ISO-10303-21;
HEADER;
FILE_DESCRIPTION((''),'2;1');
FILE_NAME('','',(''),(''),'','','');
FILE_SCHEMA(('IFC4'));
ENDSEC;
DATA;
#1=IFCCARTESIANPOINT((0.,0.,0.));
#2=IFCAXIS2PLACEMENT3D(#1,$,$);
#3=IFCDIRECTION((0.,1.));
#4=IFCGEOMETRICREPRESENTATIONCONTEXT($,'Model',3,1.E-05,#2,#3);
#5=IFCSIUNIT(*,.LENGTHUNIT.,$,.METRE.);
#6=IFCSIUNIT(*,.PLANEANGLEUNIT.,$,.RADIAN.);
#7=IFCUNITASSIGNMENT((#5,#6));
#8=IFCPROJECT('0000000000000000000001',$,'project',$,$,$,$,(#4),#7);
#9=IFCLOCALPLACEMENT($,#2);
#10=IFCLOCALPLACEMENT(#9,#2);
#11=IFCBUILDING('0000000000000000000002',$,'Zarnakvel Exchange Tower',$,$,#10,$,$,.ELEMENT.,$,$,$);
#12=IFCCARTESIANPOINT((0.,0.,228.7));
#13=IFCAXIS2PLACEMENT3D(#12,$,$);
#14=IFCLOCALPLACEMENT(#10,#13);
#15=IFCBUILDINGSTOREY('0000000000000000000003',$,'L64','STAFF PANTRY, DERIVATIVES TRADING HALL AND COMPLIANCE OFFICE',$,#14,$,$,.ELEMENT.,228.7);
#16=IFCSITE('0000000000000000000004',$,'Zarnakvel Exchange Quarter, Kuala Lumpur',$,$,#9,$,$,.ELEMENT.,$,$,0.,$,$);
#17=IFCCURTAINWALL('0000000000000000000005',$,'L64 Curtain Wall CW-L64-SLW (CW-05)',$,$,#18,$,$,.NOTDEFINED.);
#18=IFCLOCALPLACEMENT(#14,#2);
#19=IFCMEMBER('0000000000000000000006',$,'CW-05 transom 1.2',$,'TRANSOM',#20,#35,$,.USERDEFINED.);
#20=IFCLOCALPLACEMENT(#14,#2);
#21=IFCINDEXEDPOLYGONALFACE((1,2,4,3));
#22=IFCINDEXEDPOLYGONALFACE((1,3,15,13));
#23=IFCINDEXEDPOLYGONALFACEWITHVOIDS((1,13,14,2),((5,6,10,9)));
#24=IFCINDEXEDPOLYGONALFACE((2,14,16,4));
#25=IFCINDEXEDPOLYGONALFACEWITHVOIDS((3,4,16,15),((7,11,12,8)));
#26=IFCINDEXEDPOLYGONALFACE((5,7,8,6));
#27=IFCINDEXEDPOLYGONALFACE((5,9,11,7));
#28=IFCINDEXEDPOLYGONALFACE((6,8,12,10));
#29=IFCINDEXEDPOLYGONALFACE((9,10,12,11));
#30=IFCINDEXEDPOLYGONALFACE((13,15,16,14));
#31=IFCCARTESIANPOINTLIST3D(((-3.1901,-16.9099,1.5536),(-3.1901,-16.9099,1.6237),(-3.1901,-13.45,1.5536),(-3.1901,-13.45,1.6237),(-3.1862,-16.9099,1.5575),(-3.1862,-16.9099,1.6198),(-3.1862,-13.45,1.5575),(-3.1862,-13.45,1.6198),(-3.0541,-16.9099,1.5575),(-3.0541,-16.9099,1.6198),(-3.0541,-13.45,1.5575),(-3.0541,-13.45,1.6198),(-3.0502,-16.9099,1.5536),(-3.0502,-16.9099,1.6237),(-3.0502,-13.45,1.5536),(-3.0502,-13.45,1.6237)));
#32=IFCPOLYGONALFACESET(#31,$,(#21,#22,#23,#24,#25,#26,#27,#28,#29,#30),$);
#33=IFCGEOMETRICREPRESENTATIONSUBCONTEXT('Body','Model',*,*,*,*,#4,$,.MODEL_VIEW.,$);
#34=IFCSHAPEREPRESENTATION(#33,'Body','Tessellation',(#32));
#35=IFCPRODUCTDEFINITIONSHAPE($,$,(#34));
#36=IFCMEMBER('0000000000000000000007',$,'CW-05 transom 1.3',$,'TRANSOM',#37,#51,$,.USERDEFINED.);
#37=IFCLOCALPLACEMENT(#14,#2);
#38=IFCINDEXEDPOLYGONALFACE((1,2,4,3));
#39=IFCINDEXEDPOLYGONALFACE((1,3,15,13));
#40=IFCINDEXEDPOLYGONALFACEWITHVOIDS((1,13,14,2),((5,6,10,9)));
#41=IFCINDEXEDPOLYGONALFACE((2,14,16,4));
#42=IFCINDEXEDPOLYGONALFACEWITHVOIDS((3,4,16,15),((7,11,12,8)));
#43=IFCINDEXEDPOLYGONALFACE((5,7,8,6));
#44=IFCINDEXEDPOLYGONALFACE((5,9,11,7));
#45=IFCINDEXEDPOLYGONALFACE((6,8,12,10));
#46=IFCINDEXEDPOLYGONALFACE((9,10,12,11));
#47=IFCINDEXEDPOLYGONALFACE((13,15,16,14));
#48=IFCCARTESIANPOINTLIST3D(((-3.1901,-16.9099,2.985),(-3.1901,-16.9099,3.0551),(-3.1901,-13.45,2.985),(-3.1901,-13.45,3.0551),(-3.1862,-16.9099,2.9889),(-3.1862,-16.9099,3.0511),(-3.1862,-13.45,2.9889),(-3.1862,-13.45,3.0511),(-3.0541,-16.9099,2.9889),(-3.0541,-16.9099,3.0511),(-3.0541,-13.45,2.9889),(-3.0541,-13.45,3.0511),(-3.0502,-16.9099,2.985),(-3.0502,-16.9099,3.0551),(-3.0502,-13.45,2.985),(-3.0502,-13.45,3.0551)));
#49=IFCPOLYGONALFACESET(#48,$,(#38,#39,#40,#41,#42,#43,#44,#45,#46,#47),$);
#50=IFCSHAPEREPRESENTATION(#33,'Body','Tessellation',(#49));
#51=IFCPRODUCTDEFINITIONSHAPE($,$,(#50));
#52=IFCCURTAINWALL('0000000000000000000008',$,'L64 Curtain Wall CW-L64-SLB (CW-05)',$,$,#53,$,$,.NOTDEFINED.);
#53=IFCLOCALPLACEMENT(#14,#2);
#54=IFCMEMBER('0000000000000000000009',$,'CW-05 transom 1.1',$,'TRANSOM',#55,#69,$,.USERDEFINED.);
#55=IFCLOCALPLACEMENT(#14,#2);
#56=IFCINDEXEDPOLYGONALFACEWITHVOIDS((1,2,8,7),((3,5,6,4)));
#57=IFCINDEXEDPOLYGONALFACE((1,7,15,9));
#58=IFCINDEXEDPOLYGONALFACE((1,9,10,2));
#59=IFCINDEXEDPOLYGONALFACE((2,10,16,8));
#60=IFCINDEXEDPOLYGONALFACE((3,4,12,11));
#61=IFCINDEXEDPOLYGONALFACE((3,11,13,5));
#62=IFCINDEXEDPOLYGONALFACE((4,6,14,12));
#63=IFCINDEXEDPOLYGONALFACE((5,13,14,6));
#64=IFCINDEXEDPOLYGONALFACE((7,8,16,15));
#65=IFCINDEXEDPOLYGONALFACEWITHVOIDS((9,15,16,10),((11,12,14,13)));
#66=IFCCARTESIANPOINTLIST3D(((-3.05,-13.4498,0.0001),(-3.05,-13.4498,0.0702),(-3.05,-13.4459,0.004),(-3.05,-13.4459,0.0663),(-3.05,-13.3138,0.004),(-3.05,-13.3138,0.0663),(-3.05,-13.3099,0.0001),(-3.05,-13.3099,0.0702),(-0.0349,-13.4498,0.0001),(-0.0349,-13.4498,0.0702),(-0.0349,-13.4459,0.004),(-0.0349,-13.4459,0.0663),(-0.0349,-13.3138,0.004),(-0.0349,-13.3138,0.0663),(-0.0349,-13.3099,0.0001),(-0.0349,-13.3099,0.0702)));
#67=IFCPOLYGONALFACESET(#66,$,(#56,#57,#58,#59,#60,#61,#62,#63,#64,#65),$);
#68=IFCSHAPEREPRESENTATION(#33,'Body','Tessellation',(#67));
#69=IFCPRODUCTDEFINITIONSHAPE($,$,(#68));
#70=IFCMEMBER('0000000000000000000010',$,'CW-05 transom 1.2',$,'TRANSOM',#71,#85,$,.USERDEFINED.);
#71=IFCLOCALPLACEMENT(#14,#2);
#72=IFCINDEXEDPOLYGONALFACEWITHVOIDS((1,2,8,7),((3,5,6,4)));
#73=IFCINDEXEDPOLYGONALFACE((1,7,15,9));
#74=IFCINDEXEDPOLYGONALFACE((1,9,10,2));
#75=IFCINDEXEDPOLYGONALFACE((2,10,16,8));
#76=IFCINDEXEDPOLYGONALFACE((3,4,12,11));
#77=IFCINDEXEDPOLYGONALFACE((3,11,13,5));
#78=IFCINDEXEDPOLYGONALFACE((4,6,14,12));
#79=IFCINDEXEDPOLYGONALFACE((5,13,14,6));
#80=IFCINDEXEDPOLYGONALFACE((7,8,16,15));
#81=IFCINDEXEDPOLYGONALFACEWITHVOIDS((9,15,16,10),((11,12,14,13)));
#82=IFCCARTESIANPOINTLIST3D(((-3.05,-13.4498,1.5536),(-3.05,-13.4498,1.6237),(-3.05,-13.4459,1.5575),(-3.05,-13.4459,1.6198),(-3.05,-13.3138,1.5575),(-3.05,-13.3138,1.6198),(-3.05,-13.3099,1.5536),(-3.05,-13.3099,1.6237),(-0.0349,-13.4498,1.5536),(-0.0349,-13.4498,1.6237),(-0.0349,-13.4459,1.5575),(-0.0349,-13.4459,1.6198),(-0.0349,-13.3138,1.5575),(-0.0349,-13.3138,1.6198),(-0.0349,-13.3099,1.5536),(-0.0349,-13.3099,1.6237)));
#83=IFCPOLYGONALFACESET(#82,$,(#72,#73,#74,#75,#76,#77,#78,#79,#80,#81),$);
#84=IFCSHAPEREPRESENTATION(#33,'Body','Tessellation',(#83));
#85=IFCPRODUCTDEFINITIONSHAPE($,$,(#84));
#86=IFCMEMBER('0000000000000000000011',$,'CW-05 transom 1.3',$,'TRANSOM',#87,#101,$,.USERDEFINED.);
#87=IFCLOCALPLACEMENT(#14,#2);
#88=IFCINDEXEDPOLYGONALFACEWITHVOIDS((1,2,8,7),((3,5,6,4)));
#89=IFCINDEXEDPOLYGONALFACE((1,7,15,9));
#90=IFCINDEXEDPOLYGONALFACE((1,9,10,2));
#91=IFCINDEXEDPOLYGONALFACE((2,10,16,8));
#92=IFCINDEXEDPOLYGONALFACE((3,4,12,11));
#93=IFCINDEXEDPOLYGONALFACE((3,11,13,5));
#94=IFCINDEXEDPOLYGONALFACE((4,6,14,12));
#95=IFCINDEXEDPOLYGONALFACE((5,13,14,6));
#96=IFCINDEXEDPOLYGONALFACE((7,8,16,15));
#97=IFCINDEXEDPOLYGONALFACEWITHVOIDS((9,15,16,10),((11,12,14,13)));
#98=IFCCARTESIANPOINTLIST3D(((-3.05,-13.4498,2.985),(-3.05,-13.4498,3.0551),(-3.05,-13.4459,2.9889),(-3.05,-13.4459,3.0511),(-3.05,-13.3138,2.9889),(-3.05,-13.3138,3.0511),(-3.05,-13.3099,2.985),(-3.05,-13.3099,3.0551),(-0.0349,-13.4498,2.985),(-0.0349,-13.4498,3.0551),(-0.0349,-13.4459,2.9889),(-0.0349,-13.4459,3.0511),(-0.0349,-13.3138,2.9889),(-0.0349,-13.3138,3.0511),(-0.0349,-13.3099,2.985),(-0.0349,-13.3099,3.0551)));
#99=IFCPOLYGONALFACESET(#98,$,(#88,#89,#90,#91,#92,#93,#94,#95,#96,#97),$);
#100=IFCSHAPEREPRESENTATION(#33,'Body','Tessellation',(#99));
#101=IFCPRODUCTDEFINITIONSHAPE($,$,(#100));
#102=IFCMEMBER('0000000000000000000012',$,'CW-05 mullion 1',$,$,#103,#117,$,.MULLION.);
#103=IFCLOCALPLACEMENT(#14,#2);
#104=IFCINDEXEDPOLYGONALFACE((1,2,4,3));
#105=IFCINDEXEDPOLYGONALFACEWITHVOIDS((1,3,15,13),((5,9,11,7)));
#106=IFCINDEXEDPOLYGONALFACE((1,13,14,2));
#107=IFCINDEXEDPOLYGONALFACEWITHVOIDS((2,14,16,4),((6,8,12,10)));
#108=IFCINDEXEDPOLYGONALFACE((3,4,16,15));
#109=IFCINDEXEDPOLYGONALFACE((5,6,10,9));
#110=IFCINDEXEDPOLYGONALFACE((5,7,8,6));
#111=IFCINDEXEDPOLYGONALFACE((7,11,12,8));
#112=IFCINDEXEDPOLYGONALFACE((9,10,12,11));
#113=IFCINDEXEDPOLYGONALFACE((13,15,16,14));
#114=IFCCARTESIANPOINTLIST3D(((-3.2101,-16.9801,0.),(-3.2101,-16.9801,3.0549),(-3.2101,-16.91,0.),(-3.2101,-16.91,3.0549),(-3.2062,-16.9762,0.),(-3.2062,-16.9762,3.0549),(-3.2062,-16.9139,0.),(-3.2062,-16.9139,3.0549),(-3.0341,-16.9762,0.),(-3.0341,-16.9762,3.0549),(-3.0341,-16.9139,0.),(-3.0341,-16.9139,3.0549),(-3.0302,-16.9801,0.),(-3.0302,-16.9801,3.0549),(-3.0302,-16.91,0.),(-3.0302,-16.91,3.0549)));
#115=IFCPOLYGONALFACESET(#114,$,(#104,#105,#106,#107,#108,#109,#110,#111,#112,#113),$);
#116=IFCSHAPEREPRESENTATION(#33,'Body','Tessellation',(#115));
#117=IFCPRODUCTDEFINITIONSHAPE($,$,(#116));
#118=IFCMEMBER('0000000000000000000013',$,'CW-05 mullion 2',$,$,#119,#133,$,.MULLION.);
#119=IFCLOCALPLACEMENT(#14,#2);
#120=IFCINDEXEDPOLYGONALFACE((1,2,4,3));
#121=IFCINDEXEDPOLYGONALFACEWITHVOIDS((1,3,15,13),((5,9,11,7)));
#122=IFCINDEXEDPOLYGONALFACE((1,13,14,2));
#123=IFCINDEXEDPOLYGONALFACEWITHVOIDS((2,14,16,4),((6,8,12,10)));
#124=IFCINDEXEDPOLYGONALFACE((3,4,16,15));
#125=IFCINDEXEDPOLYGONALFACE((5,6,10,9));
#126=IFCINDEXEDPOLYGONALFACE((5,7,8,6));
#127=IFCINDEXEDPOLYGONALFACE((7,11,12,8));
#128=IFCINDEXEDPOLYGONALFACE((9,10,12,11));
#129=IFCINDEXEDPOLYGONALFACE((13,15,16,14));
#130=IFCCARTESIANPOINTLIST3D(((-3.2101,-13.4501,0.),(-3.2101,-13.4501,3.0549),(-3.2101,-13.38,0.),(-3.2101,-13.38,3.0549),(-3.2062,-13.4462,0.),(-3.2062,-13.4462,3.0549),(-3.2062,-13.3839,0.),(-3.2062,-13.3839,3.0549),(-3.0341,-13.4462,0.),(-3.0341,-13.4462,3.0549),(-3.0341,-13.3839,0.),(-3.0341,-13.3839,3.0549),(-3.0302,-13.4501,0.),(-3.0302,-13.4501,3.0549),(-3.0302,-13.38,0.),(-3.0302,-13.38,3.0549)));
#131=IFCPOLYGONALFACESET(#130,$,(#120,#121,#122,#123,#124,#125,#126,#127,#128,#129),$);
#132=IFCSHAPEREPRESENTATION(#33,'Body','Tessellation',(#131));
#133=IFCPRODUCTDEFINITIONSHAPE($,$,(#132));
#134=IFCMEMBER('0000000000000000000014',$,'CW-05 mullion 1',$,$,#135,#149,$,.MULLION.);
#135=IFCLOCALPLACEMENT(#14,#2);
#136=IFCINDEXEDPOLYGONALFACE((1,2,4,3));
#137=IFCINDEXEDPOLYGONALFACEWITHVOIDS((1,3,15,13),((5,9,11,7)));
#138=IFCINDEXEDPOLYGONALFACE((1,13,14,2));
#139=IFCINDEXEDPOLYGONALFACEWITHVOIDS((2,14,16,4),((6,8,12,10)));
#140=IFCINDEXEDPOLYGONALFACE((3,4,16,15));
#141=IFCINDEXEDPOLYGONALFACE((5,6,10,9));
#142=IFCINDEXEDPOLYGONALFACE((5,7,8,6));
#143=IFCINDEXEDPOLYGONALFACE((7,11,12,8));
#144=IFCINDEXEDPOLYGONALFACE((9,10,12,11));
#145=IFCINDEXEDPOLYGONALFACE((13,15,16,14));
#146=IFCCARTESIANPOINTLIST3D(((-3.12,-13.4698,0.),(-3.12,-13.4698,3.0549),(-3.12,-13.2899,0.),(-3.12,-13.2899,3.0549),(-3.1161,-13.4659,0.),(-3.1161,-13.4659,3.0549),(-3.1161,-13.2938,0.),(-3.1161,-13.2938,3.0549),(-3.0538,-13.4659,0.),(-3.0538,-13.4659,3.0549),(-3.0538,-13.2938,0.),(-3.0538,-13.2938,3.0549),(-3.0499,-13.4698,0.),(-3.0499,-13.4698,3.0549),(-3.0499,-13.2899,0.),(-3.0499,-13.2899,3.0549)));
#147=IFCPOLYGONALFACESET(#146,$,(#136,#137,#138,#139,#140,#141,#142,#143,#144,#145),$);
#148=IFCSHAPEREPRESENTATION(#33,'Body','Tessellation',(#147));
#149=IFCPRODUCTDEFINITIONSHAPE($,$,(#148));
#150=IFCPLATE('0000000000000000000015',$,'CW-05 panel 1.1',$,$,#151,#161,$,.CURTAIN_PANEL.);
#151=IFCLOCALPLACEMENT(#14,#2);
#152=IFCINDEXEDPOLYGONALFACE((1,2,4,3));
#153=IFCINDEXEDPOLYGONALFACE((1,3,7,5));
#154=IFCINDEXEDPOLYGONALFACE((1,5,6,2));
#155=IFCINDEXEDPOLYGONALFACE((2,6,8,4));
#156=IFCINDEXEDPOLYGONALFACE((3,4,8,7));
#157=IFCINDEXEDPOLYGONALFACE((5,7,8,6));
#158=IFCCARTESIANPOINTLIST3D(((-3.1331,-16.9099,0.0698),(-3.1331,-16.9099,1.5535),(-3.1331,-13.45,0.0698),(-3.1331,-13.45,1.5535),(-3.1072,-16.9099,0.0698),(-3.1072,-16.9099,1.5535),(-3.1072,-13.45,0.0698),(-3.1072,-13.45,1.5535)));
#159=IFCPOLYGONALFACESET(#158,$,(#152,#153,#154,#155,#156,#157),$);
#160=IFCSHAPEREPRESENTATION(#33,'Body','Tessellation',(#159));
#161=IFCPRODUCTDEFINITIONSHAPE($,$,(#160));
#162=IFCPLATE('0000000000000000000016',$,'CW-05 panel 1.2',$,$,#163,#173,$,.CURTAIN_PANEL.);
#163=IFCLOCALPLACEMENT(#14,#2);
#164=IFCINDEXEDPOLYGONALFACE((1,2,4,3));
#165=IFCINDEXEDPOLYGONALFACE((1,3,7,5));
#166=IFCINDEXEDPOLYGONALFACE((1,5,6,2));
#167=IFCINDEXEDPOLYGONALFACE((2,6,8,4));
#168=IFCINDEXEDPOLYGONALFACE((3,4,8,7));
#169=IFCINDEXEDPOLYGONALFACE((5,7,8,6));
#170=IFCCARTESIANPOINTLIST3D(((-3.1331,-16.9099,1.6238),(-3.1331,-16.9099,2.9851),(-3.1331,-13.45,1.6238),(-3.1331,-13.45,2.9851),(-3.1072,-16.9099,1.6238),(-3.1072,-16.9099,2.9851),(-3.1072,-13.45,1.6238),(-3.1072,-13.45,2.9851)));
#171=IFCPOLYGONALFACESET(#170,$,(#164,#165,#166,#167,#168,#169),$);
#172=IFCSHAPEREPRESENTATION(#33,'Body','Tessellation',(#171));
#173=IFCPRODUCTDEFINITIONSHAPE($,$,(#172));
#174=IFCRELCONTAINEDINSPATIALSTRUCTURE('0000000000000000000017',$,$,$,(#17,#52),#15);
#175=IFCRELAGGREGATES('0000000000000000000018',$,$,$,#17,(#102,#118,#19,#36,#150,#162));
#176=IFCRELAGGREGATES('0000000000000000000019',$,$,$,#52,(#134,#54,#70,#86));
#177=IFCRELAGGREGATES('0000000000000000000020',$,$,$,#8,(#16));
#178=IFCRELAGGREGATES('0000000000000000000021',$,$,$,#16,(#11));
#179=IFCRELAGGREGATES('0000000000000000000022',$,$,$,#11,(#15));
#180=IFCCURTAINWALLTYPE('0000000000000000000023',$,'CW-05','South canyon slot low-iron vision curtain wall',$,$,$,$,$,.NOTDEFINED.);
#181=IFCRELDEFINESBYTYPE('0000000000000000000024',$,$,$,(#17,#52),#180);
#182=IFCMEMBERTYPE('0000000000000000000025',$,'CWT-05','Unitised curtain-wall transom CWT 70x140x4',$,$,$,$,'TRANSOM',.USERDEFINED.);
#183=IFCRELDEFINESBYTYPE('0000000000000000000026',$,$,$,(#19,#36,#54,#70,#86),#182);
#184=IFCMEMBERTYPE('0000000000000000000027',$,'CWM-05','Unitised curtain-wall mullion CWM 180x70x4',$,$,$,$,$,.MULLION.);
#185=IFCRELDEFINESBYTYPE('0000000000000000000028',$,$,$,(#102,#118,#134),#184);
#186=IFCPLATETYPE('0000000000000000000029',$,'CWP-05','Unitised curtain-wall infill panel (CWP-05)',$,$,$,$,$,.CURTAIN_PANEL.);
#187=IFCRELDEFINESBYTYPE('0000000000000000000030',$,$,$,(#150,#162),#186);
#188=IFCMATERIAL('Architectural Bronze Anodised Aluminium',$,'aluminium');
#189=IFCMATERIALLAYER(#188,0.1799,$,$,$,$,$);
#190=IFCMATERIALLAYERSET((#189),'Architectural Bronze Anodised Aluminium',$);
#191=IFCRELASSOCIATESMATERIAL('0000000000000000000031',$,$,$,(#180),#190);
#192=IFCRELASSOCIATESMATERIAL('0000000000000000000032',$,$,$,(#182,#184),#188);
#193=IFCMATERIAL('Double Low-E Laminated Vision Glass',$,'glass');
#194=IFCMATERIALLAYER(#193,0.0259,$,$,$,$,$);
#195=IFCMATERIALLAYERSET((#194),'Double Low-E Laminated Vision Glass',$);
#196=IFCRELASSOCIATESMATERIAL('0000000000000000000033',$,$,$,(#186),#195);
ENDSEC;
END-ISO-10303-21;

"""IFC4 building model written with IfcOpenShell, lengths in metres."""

from ifc_helpers import new_model, si_unit, direction, frame, origin, origin_2d, place, context, subcontext, project, spatial, rectangle, hollow_rectangle, extrude, source, transform, mapped, material, layer, layer_set, material_profile, profile_set, type_object, element, aggregate, save


model = new_model("IFC4")

# Units and contexts
model_context = context("Model", 3, precision=1e-05, world=origin(), true_north=direction((0.0, 1.0)))
body_context = subcontext(model_context, "Body", "Model", "MODEL_VIEW")
ifc_project = project(units=[si_unit("LENGTHUNIT", "METRE"), si_unit("PLANEANGLEUNIT", "RADIAN")], contexts=[model_context])

# Site, building, storey
site_placement = place(None, origin())
site = spatial("IfcSite", under=ifc_project, at=site_placement, Name="Zarnakvel Exchange Quarter, Kuala Lumpur", CompositionType="ELEMENT", RefElevation=0.0)
building_placement = place(site_placement, origin())
building = spatial("IfcBuilding", under=site, at=building_placement, Name="Zarnakvel Exchange Tower", CompositionType="ELEMENT")
storey_placement = place(building_placement, frame((0.0, 0.0, 228.7)))
storey = spatial("IfcBuildingStorey", under=building, at=storey_placement, Name="L64", Description="STAFF PANTRY, DERIVATIVES TRADING HALL AND COMPLIANCE OFFICE", CompositionType="ELEMENT", Elevation=228.7)

# Curtain walls, members
ifc_material_1 = material(Name="Architectural Bronze Anodised Aluminium", Category="aluminium")
ifc_layer_1 = layer(ifc_material_1, 0.1799)
ifc_layer_set_1 = layer_set([ifc_layer_1], Name="Architectural Bronze Anodised Aluminium")
curtain_wall_type = type_object("IfcCurtainWallType", Name="CW-05", Description="South canyon slot low-iron vision curtain wall", PredefinedType="NOTDEFINED", material=ifc_layer_set_1)
curtain_wall_1_placement = place(storey_placement, origin())
curtain_wall_1 = element("IfcCurtainWall", 1, at=curtain_wall_1_placement, inside=storey, type_object=curtain_wall_type, Name="L64 Curtain Wall CW-L64-SLW (CW-05)", PredefinedType="NOTDEFINED")
ifc_material_profile_1 = material_profile(ifc_material_1, hollow_rectangle(XDim=0.1399, YDim=0.0701, WallThickness=0.0039, at=origin_2d()))
ifc_profile_set_1 = profile_set([ifc_material_profile_1], Name="Architectural Bronze Anodised Aluminium")
member_type_1 = type_object("IfcMemberType", Name="CWT-05", Description="Unitised curtain-wall transom CWT 70x140x4", ElementType="TRANSOM", PredefinedType="USERDEFINED", material=ifc_profile_set_1)
shared_shape_1 = source(origin(), body_context, "Body", "SweptSolid", [
    extrude(hollow_rectangle(XDim=0.1399, YDim=0.0701, WallThickness=0.0039, at=origin_2d()), origin(), (0.0, 0.0, 1.0), 3.46),
])
member_1_placement = place(storey_placement, frame((-3.1201, -16.9099, 1.5886), z_axis=(0.0, 1.0, 0.0), x_axis=(-1.0, 0.0, 0.0)))
member_1 = element("IfcMember", 2, at=member_1_placement, type_object=member_type_1, Name="CW-05 transom 1.2", ObjectType="TRANSOM", PredefinedType="USERDEFINED", context=body_context, shape_type="MappedRepresentation", body=[
    mapped(shared_shape_1, transform((0.0, 0.0, 0.0), x_axis=(1.0, 0.0, 0.0), y_axis=(0.0, 1.0, 0.0), z_axis=(0.0, 0.0, 1.0), scale=1.0)),
])
member_2_placement = place(storey_placement, frame((-3.1201, -16.9099, 3.02), z_axis=(0.0, 1.0, 0.0), x_axis=(-1.0, 0.0, 0.0)))
member_2 = element("IfcMember", 3, at=member_2_placement, type_object=member_type_1, Name="CW-05 transom 1.3", ObjectType="TRANSOM", PredefinedType="USERDEFINED", context=body_context, shape_type="MappedRepresentation", body=[
    mapped(shared_shape_1, transform((0.0, 0.0, 0.0), x_axis=(1.0, 0.0, 0.0), y_axis=(0.0, 1.0, 0.0), z_axis=(0.0, 0.0, 1.0), scale=1.0)),
])
curtain_wall_2_placement = place(storey_placement, origin())
curtain_wall_2 = element("IfcCurtainWall", 4, at=curtain_wall_2_placement, inside=storey, type_object=curtain_wall_type, Name="L64 Curtain Wall CW-L64-SLB (CW-05)", PredefinedType="NOTDEFINED")
shared_shape_2 = source(origin(), body_context, "Body", "SweptSolid", [
    extrude(hollow_rectangle(XDim=0.1399, YDim=0.0701, WallThickness=0.0039, at=origin_2d()), origin(), (0.0, 0.0, 1.0), 3.0151),
])
member_3_placement = place(storey_placement, frame((-3.05, -13.3799, 0.0352), z_axis=(1.0, 0.0, 0.0), x_axis=(0.0, 1.0, 0.0)))
member_3 = element("IfcMember", 5, at=member_3_placement, type_object=member_type_1, Name="CW-05 transom 1.1", ObjectType="TRANSOM", PredefinedType="USERDEFINED", context=body_context, shape_type="MappedRepresentation", body=[
    mapped(shared_shape_2, transform((0.0, 0.0, 0.0), x_axis=(1.0, 0.0, 0.0), y_axis=(0.0, 1.0, 0.0), z_axis=(0.0, 0.0, 1.0), scale=1.0)),
])
member_4_placement = place(storey_placement, frame((-3.05, -13.3799, 1.5886), z_axis=(1.0, 0.0, 0.0), x_axis=(0.0, 1.0, 0.0)))
member_4 = element("IfcMember", 6, at=member_4_placement, type_object=member_type_1, Name="CW-05 transom 1.2", ObjectType="TRANSOM", PredefinedType="USERDEFINED", context=body_context, shape_type="MappedRepresentation", body=[
    mapped(shared_shape_2, transform((0.0, 0.0, 0.0), x_axis=(1.0, 0.0, 0.0), y_axis=(0.0, 1.0, 0.0), z_axis=(0.0, 0.0, 1.0), scale=1.0)),
])
member_5_placement = place(storey_placement, frame((-3.05, -13.3799, 3.02), z_axis=(1.0, 0.0, 0.0), x_axis=(0.0, 1.0, 0.0)))
member_5 = element("IfcMember", 7, at=member_5_placement, type_object=member_type_1, Name="CW-05 transom 1.3", ObjectType="TRANSOM", PredefinedType="USERDEFINED", context=body_context, shape_type="MappedRepresentation", body=[
    mapped(shared_shape_2, transform((0.0, 0.0, 0.0), x_axis=(1.0, 0.0, 0.0), y_axis=(0.0, 1.0, 0.0), z_axis=(0.0, 0.0, 1.0), scale=1.0)),
])

# Members
ifc_material_profile_2 = material_profile(ifc_material_1, hollow_rectangle(XDim=0.1799, YDim=0.0701, WallThickness=0.0039, at=origin_2d()))
ifc_profile_set_2 = profile_set([ifc_material_profile_2], Name="Architectural Bronze Anodised Aluminium")
member_type_2 = type_object("IfcMemberType", Name="CWM-05", Description="Unitised curtain-wall mullion CWM 180x70x4", PredefinedType="MULLION", material=ifc_profile_set_2)
shared_shape_3 = source(origin(), body_context, "Body", "SweptSolid", [
    extrude(hollow_rectangle(XDim=0.1799, YDim=0.0701, WallThickness=0.0039, at=origin_2d()), origin(), (0.0, 0.0, 1.0), 3.0549),
])
member_6_placement = place(storey_placement, frame((-3.1201, -16.9451, 0.0), z_axis=(0.0, 0.0, 1.0), x_axis=(-1.0, 0.0, 0.0)))
member_6 = element("IfcMember", 8, at=member_6_placement, type_object=member_type_2, Name="CW-05 mullion 1", PredefinedType="MULLION", context=body_context, shape_type="MappedRepresentation", body=[
    mapped(shared_shape_3, transform((0.0, 0.0, 0.0), x_axis=(1.0, 0.0, 0.0), y_axis=(0.0, 1.0, 0.0), z_axis=(0.0, 0.0, 1.0), scale=1.0)),
])
member_7_placement = place(storey_placement, frame((-3.1201, -13.415, 0.0), z_axis=(0.0, 0.0, 1.0), x_axis=(-1.0, 0.0, 0.0)))
member_7 = element("IfcMember", 9, at=member_7_placement, type_object=member_type_2, Name="CW-05 mullion 2", PredefinedType="MULLION", context=body_context, shape_type="MappedRepresentation", body=[
    mapped(shared_shape_3, transform((0.0, 0.0, 0.0), x_axis=(1.0, 0.0, 0.0), y_axis=(0.0, 1.0, 0.0), z_axis=(0.0, 0.0, 1.0), scale=1.0)),
])
member_8_placement = place(storey_placement, frame((-3.085, -13.3799, 0.0), z_axis=(0.0, 0.0, 1.0), x_axis=(0.0, 1.0, 0.0)))
member_8 = element("IfcMember", 10, at=member_8_placement, type_object=member_type_2, Name="CW-05 mullion 1", PredefinedType="MULLION", context=body_context, shape_type="MappedRepresentation", body=[
    mapped(shared_shape_3, transform((0.0, 0.0, 0.0), x_axis=(1.0, 0.0, 0.0), y_axis=(0.0, 1.0, 0.0), z_axis=(0.0, 0.0, 1.0), scale=1.0)),
])

# Plates
ifc_material_2 = material(Name="Double Low-E Laminated Vision Glass", Category="glass")
ifc_layer_2 = layer(ifc_material_2, 0.0259)
ifc_layer_set_2 = layer_set([ifc_layer_2], Name="Double Low-E Laminated Vision Glass")
plate_type = type_object("IfcPlateType", Name="CWP-05", Description="Unitised curtain-wall infill panel (CWP-05)", PredefinedType="CURTAIN_PANEL", material=ifc_layer_set_2)
shared_shape_4 = source(origin(), body_context, "Body", "SweptSolid", [
    extrude(rectangle(XDim=3.46, YDim=0.0259, at=origin_2d()), origin(), (0.0, 0.0, 1.0), 1.4836),
])
plate_1_placement = place(storey_placement, frame((-3.1201, -15.1799, 0.0698), z_axis=(0.0, 0.0, 1.0), x_axis=(0.0, 1.0, 0.0)))
plate_1 = element("IfcPlate", 11, at=plate_1_placement, type_object=plate_type, Name="CW-05 panel 1.1", PredefinedType="CURTAIN_PANEL", context=body_context, shape_type="MappedRepresentation", body=[
    mapped(shared_shape_4, transform((0.0, 0.0, 0.0), x_axis=(1.0, 0.0, 0.0), y_axis=(0.0, 1.0, 0.0), z_axis=(0.0, 0.0, 1.0), scale=1.0)),
])
shared_shape_5 = source(origin(), body_context, "Body", "SweptSolid", [
    extrude(rectangle(XDim=3.46, YDim=0.0259, at=origin_2d()), origin(), (0.0, 0.0, 1.0), 1.3613),
])
plate_2_placement = place(storey_placement, frame((-3.1201, -15.1799, 1.6238), z_axis=(0.0, 0.0, 1.0), x_axis=(0.0, 1.0, 0.0)))
plate_2 = element("IfcPlate", 12, at=plate_2_placement, type_object=plate_type, Name="CW-05 panel 1.2", PredefinedType="CURTAIN_PANEL", context=body_context, shape_type="MappedRepresentation", body=[
    mapped(shared_shape_5, transform((0.0, 0.0, 0.0), x_axis=(1.0, 0.0, 0.0), y_axis=(0.0, 1.0, 0.0), z_axis=(0.0, 0.0, 1.0), scale=1.0)),
])
aggregate(curtain_wall_1, [member_6, member_7, member_1, member_2, plate_1, plate_2])
aggregate(curtain_wall_2, [member_8, member_3, member_4, member_5])

save(model, "model.ifc")
